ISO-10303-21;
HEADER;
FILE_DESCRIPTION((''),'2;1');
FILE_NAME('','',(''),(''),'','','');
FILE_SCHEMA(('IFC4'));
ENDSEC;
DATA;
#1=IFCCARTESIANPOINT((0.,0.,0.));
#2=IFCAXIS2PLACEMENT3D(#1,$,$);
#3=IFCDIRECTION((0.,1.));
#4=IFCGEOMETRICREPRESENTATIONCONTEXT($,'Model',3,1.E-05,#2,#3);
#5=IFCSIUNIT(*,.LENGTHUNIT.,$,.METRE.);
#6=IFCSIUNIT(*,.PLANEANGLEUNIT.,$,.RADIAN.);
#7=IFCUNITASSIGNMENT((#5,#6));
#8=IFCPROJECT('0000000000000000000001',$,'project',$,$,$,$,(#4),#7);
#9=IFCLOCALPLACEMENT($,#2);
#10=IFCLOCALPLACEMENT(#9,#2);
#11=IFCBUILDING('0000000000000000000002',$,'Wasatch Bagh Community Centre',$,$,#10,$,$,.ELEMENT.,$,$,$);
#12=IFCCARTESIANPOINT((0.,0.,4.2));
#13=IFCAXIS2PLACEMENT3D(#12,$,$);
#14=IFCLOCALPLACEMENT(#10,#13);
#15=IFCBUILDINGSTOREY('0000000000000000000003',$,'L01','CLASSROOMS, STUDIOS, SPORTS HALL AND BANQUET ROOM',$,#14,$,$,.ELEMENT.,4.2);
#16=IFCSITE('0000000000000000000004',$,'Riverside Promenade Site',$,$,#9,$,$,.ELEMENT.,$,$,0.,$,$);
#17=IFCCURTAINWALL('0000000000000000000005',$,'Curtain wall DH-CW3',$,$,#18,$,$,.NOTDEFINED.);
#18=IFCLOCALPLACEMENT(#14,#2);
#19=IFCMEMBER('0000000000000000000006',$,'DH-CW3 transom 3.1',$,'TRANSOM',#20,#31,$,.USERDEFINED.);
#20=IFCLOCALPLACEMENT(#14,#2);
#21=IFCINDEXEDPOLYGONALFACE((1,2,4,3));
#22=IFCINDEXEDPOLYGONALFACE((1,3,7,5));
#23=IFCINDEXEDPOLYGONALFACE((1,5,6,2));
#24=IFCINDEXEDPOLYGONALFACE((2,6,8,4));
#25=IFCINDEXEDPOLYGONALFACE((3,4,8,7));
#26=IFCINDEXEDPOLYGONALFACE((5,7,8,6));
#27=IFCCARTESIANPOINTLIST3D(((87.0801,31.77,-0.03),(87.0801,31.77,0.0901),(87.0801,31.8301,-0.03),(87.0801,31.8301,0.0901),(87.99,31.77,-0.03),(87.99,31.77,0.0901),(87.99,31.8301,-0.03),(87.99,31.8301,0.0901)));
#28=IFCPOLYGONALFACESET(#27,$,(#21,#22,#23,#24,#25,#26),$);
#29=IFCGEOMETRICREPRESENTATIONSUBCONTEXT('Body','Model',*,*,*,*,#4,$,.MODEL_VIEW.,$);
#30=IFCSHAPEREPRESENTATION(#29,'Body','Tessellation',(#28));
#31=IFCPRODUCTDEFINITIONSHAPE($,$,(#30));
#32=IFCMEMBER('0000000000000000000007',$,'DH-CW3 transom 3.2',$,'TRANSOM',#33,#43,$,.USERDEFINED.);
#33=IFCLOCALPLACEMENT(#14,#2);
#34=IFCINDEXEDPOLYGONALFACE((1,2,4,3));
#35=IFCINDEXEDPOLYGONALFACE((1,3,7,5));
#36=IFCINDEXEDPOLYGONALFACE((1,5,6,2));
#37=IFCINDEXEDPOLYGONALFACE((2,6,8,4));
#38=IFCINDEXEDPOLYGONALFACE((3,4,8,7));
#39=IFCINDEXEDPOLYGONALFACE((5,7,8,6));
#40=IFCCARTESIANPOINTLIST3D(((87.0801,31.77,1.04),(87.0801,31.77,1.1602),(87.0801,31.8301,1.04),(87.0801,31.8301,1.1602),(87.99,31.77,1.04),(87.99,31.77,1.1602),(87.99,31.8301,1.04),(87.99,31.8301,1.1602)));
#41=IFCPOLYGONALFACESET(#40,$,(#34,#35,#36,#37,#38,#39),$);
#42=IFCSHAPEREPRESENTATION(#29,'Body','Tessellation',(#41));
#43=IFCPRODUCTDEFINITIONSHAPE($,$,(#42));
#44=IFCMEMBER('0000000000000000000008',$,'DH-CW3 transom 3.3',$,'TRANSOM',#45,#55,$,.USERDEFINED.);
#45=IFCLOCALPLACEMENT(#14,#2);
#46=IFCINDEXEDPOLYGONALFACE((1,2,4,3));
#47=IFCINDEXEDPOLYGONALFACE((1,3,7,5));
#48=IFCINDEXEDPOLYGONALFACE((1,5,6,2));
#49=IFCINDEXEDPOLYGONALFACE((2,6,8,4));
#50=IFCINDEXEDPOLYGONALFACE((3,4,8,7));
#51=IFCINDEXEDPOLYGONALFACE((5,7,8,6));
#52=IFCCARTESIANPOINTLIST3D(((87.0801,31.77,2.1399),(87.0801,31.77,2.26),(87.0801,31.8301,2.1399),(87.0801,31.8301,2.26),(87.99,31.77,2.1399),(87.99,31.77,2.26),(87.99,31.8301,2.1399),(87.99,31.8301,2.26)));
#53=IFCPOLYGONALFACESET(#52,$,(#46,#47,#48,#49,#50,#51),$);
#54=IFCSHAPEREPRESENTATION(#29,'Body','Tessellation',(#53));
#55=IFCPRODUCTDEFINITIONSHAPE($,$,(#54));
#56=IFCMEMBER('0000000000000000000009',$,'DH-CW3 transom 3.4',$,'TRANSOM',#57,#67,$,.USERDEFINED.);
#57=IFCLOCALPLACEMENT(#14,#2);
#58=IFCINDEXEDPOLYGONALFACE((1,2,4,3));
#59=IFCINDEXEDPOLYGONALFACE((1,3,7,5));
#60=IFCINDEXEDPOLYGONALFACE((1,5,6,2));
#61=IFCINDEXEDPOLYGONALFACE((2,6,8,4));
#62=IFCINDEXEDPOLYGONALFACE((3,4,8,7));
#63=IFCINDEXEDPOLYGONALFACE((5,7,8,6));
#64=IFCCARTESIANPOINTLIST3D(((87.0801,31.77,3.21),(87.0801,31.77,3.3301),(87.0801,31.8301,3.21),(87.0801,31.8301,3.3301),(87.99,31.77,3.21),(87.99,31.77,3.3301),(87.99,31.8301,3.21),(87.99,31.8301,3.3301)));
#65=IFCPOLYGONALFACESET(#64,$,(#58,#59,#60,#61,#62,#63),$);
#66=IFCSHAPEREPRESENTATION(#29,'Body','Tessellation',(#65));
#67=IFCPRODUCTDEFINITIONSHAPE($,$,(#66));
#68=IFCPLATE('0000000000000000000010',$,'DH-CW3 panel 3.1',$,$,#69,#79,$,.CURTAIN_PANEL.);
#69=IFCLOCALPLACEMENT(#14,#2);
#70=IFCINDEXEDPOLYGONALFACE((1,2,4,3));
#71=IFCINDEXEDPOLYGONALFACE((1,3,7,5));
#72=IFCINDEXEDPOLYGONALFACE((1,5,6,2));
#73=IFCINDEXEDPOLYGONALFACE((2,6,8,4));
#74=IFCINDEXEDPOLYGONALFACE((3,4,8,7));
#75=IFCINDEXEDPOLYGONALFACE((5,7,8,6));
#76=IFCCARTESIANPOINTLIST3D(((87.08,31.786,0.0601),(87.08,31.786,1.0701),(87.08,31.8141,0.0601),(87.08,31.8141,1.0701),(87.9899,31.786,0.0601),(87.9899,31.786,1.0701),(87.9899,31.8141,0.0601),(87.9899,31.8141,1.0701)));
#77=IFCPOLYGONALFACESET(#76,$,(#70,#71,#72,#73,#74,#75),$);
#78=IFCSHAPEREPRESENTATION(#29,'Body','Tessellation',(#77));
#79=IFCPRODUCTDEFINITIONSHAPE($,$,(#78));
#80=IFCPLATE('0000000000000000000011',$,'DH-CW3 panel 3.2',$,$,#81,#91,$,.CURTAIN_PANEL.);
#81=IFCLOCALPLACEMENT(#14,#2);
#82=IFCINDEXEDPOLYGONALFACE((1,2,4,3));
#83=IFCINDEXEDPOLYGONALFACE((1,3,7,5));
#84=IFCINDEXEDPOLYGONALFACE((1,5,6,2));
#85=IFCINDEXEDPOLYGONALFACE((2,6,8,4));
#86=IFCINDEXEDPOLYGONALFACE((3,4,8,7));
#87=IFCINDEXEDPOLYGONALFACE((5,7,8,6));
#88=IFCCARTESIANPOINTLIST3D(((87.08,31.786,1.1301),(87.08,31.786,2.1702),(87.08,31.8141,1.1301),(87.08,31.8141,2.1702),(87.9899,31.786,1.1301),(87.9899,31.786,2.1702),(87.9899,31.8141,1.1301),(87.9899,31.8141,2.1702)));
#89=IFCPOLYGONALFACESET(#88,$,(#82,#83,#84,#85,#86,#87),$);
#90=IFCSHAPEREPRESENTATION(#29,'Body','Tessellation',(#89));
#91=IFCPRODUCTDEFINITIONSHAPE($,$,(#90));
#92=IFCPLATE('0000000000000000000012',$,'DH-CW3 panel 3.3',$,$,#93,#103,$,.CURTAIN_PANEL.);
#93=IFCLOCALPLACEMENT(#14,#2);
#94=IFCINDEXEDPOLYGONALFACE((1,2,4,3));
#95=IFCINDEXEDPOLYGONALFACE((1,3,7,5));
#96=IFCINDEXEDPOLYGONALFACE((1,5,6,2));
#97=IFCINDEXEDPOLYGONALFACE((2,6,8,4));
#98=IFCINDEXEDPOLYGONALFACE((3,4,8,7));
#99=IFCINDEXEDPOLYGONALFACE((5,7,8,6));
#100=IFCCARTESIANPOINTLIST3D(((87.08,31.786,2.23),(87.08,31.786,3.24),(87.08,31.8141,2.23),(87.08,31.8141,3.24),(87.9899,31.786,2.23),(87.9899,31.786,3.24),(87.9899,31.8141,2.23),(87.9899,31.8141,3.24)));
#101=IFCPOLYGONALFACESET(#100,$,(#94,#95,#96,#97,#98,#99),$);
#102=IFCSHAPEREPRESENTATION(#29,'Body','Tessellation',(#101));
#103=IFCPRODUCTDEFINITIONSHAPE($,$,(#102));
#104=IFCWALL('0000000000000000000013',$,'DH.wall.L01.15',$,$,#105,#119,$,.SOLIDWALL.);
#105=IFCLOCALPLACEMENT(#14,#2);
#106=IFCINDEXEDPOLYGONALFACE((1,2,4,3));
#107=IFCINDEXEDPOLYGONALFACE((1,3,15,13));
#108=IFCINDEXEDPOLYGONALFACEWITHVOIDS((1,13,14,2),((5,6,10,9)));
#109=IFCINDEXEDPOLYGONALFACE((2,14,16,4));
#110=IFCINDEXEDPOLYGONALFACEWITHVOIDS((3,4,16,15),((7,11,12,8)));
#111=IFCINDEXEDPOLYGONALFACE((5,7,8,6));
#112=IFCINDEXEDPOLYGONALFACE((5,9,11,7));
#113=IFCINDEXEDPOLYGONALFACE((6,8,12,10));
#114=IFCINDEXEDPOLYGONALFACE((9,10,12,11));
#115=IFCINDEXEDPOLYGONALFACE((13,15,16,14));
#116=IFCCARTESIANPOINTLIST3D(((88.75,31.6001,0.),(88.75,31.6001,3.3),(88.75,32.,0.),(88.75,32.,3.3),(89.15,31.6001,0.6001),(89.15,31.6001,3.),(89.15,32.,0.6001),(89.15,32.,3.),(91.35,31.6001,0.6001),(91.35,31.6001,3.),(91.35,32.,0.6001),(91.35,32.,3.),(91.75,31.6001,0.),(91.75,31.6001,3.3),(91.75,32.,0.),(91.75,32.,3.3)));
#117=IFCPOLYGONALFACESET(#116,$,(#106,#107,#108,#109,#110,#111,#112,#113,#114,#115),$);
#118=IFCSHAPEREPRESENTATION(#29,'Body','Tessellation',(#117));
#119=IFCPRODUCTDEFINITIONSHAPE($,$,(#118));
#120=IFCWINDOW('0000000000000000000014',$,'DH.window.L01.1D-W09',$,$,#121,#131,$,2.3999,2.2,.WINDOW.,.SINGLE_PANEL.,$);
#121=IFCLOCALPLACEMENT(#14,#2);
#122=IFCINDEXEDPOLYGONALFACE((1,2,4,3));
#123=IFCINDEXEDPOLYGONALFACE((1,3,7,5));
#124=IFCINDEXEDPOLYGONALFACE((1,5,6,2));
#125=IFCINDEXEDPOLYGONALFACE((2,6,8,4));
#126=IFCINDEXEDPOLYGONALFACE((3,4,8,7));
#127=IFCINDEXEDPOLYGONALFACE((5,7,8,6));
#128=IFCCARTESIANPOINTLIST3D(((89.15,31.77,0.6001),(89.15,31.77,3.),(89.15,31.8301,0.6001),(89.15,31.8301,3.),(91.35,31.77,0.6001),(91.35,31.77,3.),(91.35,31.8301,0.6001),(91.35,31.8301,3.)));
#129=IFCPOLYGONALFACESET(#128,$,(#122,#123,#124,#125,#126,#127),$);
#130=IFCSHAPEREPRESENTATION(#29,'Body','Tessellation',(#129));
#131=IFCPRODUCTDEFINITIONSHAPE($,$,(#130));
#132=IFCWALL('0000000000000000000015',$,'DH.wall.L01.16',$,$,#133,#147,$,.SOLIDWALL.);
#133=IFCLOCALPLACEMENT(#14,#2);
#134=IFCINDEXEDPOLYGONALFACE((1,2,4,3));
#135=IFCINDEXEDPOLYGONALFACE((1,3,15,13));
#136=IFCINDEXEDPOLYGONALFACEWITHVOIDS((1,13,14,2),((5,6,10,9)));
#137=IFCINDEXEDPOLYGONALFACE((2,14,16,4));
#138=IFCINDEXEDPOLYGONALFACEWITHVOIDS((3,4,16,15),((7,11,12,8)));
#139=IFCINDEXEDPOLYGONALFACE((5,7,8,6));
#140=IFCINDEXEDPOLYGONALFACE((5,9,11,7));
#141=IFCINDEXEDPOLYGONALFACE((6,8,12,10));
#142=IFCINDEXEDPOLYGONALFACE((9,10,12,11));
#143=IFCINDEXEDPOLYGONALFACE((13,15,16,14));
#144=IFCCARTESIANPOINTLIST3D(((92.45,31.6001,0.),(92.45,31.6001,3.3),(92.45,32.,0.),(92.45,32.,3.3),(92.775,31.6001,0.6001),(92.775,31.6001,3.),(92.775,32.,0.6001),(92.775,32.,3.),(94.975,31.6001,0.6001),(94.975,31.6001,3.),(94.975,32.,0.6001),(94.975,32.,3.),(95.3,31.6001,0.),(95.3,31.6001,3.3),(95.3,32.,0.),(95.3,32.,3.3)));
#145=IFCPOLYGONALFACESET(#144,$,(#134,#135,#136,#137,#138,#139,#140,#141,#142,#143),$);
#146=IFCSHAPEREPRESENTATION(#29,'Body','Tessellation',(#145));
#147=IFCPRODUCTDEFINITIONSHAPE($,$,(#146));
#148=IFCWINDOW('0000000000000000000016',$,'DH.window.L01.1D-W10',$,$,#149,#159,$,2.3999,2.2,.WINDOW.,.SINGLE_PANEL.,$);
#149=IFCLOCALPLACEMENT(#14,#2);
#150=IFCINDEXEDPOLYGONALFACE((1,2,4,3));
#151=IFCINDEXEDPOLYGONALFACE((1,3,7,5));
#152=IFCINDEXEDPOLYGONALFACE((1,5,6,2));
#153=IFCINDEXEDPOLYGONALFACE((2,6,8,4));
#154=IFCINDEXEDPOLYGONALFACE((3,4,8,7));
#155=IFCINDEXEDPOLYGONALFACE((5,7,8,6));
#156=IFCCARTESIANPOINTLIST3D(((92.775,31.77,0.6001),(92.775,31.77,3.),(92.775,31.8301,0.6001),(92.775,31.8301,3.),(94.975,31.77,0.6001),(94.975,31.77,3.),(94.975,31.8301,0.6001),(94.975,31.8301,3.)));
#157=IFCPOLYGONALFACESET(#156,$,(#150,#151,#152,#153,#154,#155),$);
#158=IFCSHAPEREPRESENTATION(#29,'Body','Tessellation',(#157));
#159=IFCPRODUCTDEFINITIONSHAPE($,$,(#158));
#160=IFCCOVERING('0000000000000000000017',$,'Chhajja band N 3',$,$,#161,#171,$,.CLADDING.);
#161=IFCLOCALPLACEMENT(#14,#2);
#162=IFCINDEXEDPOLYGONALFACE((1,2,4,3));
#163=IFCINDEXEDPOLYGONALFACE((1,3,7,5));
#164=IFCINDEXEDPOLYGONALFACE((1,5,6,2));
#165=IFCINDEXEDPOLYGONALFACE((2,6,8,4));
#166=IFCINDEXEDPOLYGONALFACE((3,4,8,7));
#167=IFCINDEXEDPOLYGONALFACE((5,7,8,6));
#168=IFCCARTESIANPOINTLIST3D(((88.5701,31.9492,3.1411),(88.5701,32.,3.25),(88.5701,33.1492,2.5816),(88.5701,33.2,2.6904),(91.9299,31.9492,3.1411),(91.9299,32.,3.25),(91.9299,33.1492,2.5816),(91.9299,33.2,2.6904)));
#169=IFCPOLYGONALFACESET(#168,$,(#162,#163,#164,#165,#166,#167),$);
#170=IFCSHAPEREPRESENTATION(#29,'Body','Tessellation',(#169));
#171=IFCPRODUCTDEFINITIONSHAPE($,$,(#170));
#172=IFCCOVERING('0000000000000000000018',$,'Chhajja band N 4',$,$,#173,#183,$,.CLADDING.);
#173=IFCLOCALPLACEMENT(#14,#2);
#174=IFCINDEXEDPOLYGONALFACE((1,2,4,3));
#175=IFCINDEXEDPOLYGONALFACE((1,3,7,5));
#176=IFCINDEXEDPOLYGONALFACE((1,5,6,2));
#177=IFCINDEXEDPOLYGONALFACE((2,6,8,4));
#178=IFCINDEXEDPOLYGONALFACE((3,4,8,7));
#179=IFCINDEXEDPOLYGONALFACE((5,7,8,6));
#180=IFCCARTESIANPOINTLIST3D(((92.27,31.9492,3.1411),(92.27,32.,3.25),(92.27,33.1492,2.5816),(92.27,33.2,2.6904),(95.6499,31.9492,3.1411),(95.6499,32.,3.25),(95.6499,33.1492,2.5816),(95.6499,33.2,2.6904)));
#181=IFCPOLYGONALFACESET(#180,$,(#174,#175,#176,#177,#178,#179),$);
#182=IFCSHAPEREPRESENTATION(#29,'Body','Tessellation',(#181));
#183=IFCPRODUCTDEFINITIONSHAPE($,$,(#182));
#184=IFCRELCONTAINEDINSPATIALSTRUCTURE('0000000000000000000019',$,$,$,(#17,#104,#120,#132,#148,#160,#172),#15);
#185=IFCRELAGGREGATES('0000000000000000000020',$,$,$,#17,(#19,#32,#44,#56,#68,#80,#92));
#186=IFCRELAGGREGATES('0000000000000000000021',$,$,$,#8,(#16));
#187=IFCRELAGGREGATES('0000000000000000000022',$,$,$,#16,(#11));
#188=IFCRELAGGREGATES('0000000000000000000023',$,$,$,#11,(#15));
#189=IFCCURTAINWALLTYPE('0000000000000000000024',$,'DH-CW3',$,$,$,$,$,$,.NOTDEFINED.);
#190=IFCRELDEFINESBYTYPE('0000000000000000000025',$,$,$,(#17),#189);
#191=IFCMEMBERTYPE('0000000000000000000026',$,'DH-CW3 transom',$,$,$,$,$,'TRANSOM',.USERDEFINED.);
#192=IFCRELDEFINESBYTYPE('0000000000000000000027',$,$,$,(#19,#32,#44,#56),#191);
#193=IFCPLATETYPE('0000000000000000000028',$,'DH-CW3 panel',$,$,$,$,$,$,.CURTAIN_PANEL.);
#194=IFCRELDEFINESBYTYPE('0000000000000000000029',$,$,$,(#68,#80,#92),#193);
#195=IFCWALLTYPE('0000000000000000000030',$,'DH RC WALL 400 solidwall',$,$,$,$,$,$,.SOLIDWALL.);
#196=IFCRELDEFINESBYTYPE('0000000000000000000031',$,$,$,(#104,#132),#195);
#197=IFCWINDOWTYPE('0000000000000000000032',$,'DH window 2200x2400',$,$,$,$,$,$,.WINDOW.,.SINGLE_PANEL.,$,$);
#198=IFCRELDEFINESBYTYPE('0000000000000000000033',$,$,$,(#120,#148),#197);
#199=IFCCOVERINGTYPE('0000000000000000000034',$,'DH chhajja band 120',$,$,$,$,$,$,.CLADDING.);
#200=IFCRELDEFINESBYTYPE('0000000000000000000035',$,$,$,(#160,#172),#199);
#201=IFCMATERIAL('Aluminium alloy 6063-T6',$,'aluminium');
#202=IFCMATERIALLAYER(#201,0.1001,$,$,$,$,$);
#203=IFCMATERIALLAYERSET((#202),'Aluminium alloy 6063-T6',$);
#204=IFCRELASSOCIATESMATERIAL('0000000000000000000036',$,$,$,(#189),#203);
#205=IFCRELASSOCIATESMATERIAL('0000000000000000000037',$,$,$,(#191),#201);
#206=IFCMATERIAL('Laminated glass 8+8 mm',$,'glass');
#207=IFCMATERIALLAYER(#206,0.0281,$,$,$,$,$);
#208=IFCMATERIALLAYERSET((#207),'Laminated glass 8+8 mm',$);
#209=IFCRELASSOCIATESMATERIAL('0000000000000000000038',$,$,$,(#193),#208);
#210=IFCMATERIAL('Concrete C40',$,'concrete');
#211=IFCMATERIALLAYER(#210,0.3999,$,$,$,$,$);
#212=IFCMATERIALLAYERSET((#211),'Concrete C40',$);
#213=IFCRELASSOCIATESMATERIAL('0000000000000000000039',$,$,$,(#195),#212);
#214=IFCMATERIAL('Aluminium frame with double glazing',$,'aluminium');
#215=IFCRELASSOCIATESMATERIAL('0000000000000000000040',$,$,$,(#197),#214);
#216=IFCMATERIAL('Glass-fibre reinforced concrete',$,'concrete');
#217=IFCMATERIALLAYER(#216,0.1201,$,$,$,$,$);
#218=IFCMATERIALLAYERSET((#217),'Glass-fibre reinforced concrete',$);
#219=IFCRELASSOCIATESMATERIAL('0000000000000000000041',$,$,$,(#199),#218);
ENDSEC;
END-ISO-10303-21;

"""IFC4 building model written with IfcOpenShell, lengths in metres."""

from ifc_helpers import new_model, si_unit, direction, frame, frame_2d, origin, origin_2d, place, context, subcontext, project, spatial, polyline, rectangle, outline, extrude, material, layer, layer_set, material_profile, profile_set, type_object, element, fill, aggregate, save


model = new_model("IFC4")

# Units and contexts
model_context = context("Model", 3, precision=1e-05, world=origin(), true_north=direction((0.0, 1.0)))
body_context = subcontext(model_context, "Body", "Model", "MODEL_VIEW")
ifc_project = project(units=[si_unit("LENGTHUNIT", "METRE"), si_unit("PLANEANGLEUNIT", "RADIAN")], contexts=[model_context])

# Site, building, storey
site_placement = place(None, origin())
site = spatial("IfcSite", under=ifc_project, at=site_placement, Name="Riverside Promenade Site", CompositionType="ELEMENT", RefElevation=0.0)
building_placement = place(site_placement, origin())
building = spatial("IfcBuilding", under=site, at=building_placement, Name="Wasatch Bagh Community Centre", CompositionType="ELEMENT")
storey_placement = place(building_placement, frame((0.0, 0.0, 4.2)))
storey = spatial("IfcBuildingStorey", under=building, at=storey_placement, Name="L01", Description="CLASSROOMS, STUDIOS, SPORTS HALL AND BANQUET ROOM", CompositionType="ELEMENT", Elevation=4.2)

# Shared definitions
ifc_material_1 = material(Name="Concrete C40", Category="concrete")

# Curtain wall, members, plates
ifc_material_2 = material(Name="Aluminium alloy 6063-T6", Category="aluminium")
ifc_layer_1 = layer(ifc_material_2, 0.1001)
ifc_layer_set_1 = layer_set([ifc_layer_1], Name="Aluminium alloy 6063-T6")
curtain_wall_type = type_object("IfcCurtainWallType", Name="DH-CW3", PredefinedType="NOTDEFINED", material=ifc_layer_set_1)
curtain_wall_placement = place(storey_placement, origin())
curtain_wall = element("IfcCurtainWall", 1, at=curtain_wall_placement, inside=storey, type_object=curtain_wall_type, Name="Curtain wall DH-CW3", PredefinedType="NOTDEFINED")
ifc_material_profile_1 = material_profile(ifc_material_2, rectangle(XDim=0.0601, YDim=0.1201, at=origin_2d()), Name="AL 60x120")
ifc_profile_set_1 = profile_set([ifc_material_profile_1], Name="Aluminium alloy 6063-T6")
member_type_1 = type_object("IfcMemberType", Name="DH-CW3 transom", ElementType="TRANSOM", PredefinedType="USERDEFINED", material=ifc_profile_set_1)
member_1_placement = place(storey_placement, frame((87.0801, 31.8, 0.03), z_axis=(1.0, 0.0, 0.0), x_axis=(0.0, 1.0, 0.0)))
member_1 = element("IfcMember", 2, at=member_1_placement, type_object=member_type_1, Name="DH-CW3 transom 3.1", ObjectType="TRANSOM", PredefinedType="USERDEFINED", context=body_context, shape_type="SweptSolid", body=[
    extrude(rectangle(XDim=0.0601, YDim=0.1201, at=origin_2d()), origin(), (0.0, 0.0, 1.0), 0.9099),
])
member_2_placement = place(storey_placement, frame((87.0801, 31.8, 1.1001), z_axis=(1.0, 0.0, 0.0), x_axis=(0.0, 1.0, 0.0)))
member_2 = element("IfcMember", 3, at=member_2_placement, type_object=member_type_1, Name="DH-CW3 transom 3.2", ObjectType="TRANSOM", PredefinedType="USERDEFINED", context=body_context, shape_type="SweptSolid", body=[
    extrude(rectangle(XDim=0.0601, YDim=0.1201, at=origin_2d()), origin(), (0.0, 0.0, 1.0), 0.9099),
])
member_3_placement = place(storey_placement, frame((87.0801, 31.8, 2.2), z_axis=(1.0, 0.0, 0.0), x_axis=(0.0, 1.0, 0.0)))
member_3 = element("IfcMember", 4, at=member_3_placement, type_object=member_type_1, Name="DH-CW3 transom 3.3", ObjectType="TRANSOM", PredefinedType="USERDEFINED", context=body_context, shape_type="SweptSolid", body=[
    extrude(rectangle(XDim=0.0601, YDim=0.1201, at=origin_2d()), origin(), (0.0, 0.0, 1.0), 0.9099),
])
member_4_placement = place(storey_placement, frame((87.0801, 31.8, 3.27), z_axis=(1.0, 0.0, 0.0), x_axis=(0.0, 1.0, 0.0)))
member_4 = element("IfcMember", 5, at=member_4_placement, type_object=member_type_1, Name="DH-CW3 transom 3.4", ObjectType="TRANSOM", PredefinedType="USERDEFINED", context=body_context, shape_type="SweptSolid", body=[
    extrude(rectangle(XDim=0.0601, YDim=0.1201, at=origin_2d()), origin(), (0.0, 0.0, 1.0), 0.9099),
])
ifc_material_3 = material(Name="Laminated glass 8+8 mm", Category="glass")
ifc_layer_2 = layer(ifc_material_3, 0.0281)
ifc_layer_set_2 = layer_set([ifc_layer_2], Name="Laminated glass 8+8 mm")
plate_type = type_object("IfcPlateType", Name="DH-CW3 panel", PredefinedType="CURTAIN_PANEL", material=ifc_layer_set_2)
plate_1_placement = place(storey_placement, frame((87.5349, 31.8, 0.0601), z_axis=(0.0, 0.0, 1.0), x_axis=(1.0, 0.0, 0.0)))
plate_1 = element("IfcPlate", 6, at=plate_1_placement, type_object=plate_type, Name="DH-CW3 panel 3.1", PredefinedType="CURTAIN_PANEL", context=body_context, shape_type="SweptSolid", body=[
    extrude(rectangle(XDim=0.9099, YDim=0.0281, at=origin_2d()), origin(), (0.0, 0.0, 1.0), 1.01),
])
plate_2_placement = place(storey_placement, frame((87.5349, 31.8, 1.1301), z_axis=(0.0, 0.0, 1.0), x_axis=(1.0, 0.0, 0.0)))
plate_2 = element("IfcPlate", 7, at=plate_2_placement, type_object=plate_type, Name="DH-CW3 panel 3.2", PredefinedType="CURTAIN_PANEL", context=body_context, shape_type="SweptSolid", body=[
    extrude(rectangle(XDim=0.9099, YDim=0.0281, at=origin_2d()), origin(), (0.0, 0.0, 1.0), 1.04),
])
plate_3_placement = place(storey_placement, frame((87.5349, 31.8, 2.23), z_axis=(0.0, 0.0, 1.0), x_axis=(1.0, 0.0, 0.0)))
plate_3 = element("IfcPlate", 8, at=plate_3_placement, type_object=plate_type, Name="DH-CW3 panel 3.3", PredefinedType="CURTAIN_PANEL", context=body_context, shape_type="SweptSolid", body=[
    extrude(rectangle(XDim=0.9099, YDim=0.0281, at=origin_2d()), origin(), (0.0, 0.0, 1.0), 1.01),
])
aggregate(curtain_wall, [member_1, member_2, member_3, member_4, plate_1, plate_2, plate_3])

# Walls, openings, windows
ifc_layer_3 = layer(ifc_material_1, 0.3999)
ifc_layer_set_3 = layer_set([ifc_layer_3], Name="Concrete C40")
wall_type = type_object("IfcWallType", Name="DH RC WALL 400 solidwall", PredefinedType="SOLIDWALL", material=ifc_layer_set_3)
wall_1_placement = place(storey_placement, frame((88.75, 31.8, 0.0), z_axis=(0.0, 0.0, 1.0), x_axis=(1.0, 0.0, 0.0)))
wall_1 = element("IfcWall", 9, at=wall_1_placement, inside=storey, type_object=wall_type, Name="DH.wall.L01.15", PredefinedType="SOLIDWALL", context=body_context, shape_type="SweptSolid", body=[
    extrude(rectangle(XDim=3.0, YDim=0.3999, at=frame_2d((1.5, 0.0))), origin(), (0.0, 0.0, 1.0), 3.3),
])
opening_1_placement = place(wall_1_placement, frame((0.3999, 0.0, 0.6001)))
opening_1 = element("IfcOpeningElement", 10, at=opening_1_placement, cuts=wall_1, PredefinedType="OPENING", context=body_context, shape_type="SweptSolid", body=[
    extrude(rectangle(XDim=2.2, YDim=2.3999, at=frame_2d((1.1001, 1.2))), frame((0.0, 0.21, 0.0), z_axis=(0.0, -1.0, 0.0), x_axis=(1.0, 0.0, 0.0)), (0.0, 0.0, 1.0), 0.4199),
])
ifc_material_4 = material(Name="Aluminium frame with double glazing", Category="aluminium")
window_type = type_object("IfcWindowType", Name="DH window 2200x2400", PartitioningType="SINGLE_PANEL", PredefinedType="WINDOW", material=ifc_material_4)
window_1_placement = place(opening_1_placement, origin())
window_1 = element("IfcWindow", 11, at=window_1_placement, inside=storey, type_object=window_type, Name="DH.window.L01.1D-W09", OverallHeight=2.3999, OverallWidth=2.2, PartitioningType="SINGLE_PANEL", PredefinedType="WINDOW", context=body_context, shape_type="SweptSolid", body=[
    extrude(rectangle(XDim=2.2, YDim=2.3999, at=frame_2d((1.1001, 1.2))), frame((0.0, 0.03, 0.0), z_axis=(0.0, -1.0, 0.0), x_axis=(1.0, 0.0, 0.0)), (0.0, 0.0, 1.0), 0.0601),
])
fill(opening_1, window_1)
wall_2_placement = place(storey_placement, frame((92.45, 31.8, 0.0), z_axis=(0.0, 0.0, 1.0), x_axis=(1.0, 0.0, 0.0)))
wall_2 = element("IfcWall", 12, at=wall_2_placement, inside=storey, type_object=wall_type, Name="DH.wall.L01.16", PredefinedType="SOLIDWALL", context=body_context, shape_type="SweptSolid", body=[
    extrude(rectangle(XDim=2.8501, YDim=0.3999, at=frame_2d((1.425, 0.0))), origin(), (0.0, 0.0, 1.0), 3.3),
])
opening_2_placement = place(wall_2_placement, frame((0.325, 0.0, 0.6001)))
opening_2 = element("IfcOpeningElement", 13, at=opening_2_placement, cuts=wall_2, PredefinedType="OPENING", context=body_context, shape_type="SweptSolid", body=[
    extrude(rectangle(XDim=2.2, YDim=2.3999, at=frame_2d((1.1001, 1.2))), frame((0.0, 0.21, 0.0), z_axis=(0.0, -1.0, 0.0), x_axis=(1.0, 0.0, 0.0)), (0.0, 0.0, 1.0), 0.4199),
])
window_2_placement = place(opening_2_placement, origin())
window_2 = element("IfcWindow", 14, at=window_2_placement, inside=storey, type_object=window_type, Name="DH.window.L01.1D-W10", OverallHeight=2.3999, OverallWidth=2.2, PartitioningType="SINGLE_PANEL", PredefinedType="WINDOW", context=body_context, shape_type="SweptSolid", body=[
    extrude(rectangle(XDim=2.2, YDim=2.3999, at=frame_2d((1.1001, 1.2))), frame((0.0, 0.03, 0.0), z_axis=(0.0, -1.0, 0.0), x_axis=(1.0, 0.0, 0.0)), (0.0, 0.0, 1.0), 0.0601),
])
fill(opening_2, window_2)

# Coverings
ifc_material_5 = material(Name="Glass-fibre reinforced concrete", Category="concrete")
ifc_layer_4 = layer(ifc_material_5, 0.1201)
ifc_layer_set_4 = layer_set([ifc_layer_4], Name="Glass-fibre reinforced concrete")
covering_type = type_object("IfcCoveringType", Name="DH chhajja band 120", PredefinedType="CLADDING", material=ifc_layer_set_4)
covering_1_placement = place(storey_placement, frame((88.5701, 32.0, 3.25), z_axis=(0.0, 0.422633, 0.906301), x_axis=(1.0, 0.0, 0.0)))
element("IfcCovering", 15, at=covering_1_placement, inside=storey, type_object=covering_type, Name="Chhajja band N 3", PredefinedType="CLADDING", context=body_context, shape_type="SweptSolid", body=[
    extrude(outline(polyline([(0.0, 0.0), (3.3599, 0.0), (3.3599, 1.324), (0.0, 1.324), (0.0, 0.0)])), origin(), (0.0, 0.0, -1.0), 0.1201),
])
covering_2_placement = place(storey_placement, frame((92.27, 32.0, 3.25), z_axis=(0.0, 0.422633, 0.906301), x_axis=(1.0, 0.0, 0.0)))
element("IfcCovering", 16, at=covering_2_placement, inside=storey, type_object=covering_type, Name="Chhajja band N 4", PredefinedType="CLADDING", context=body_context, shape_type="SweptSolid", body=[
    extrude(outline(polyline([(0.0, 0.0), (3.3799, 0.0), (3.3799, 1.324), (0.0, 1.324), (0.0, 0.0)])), origin(), (0.0, 0.0, -1.0), 0.1201),
])

save(model, "model.ifc")
